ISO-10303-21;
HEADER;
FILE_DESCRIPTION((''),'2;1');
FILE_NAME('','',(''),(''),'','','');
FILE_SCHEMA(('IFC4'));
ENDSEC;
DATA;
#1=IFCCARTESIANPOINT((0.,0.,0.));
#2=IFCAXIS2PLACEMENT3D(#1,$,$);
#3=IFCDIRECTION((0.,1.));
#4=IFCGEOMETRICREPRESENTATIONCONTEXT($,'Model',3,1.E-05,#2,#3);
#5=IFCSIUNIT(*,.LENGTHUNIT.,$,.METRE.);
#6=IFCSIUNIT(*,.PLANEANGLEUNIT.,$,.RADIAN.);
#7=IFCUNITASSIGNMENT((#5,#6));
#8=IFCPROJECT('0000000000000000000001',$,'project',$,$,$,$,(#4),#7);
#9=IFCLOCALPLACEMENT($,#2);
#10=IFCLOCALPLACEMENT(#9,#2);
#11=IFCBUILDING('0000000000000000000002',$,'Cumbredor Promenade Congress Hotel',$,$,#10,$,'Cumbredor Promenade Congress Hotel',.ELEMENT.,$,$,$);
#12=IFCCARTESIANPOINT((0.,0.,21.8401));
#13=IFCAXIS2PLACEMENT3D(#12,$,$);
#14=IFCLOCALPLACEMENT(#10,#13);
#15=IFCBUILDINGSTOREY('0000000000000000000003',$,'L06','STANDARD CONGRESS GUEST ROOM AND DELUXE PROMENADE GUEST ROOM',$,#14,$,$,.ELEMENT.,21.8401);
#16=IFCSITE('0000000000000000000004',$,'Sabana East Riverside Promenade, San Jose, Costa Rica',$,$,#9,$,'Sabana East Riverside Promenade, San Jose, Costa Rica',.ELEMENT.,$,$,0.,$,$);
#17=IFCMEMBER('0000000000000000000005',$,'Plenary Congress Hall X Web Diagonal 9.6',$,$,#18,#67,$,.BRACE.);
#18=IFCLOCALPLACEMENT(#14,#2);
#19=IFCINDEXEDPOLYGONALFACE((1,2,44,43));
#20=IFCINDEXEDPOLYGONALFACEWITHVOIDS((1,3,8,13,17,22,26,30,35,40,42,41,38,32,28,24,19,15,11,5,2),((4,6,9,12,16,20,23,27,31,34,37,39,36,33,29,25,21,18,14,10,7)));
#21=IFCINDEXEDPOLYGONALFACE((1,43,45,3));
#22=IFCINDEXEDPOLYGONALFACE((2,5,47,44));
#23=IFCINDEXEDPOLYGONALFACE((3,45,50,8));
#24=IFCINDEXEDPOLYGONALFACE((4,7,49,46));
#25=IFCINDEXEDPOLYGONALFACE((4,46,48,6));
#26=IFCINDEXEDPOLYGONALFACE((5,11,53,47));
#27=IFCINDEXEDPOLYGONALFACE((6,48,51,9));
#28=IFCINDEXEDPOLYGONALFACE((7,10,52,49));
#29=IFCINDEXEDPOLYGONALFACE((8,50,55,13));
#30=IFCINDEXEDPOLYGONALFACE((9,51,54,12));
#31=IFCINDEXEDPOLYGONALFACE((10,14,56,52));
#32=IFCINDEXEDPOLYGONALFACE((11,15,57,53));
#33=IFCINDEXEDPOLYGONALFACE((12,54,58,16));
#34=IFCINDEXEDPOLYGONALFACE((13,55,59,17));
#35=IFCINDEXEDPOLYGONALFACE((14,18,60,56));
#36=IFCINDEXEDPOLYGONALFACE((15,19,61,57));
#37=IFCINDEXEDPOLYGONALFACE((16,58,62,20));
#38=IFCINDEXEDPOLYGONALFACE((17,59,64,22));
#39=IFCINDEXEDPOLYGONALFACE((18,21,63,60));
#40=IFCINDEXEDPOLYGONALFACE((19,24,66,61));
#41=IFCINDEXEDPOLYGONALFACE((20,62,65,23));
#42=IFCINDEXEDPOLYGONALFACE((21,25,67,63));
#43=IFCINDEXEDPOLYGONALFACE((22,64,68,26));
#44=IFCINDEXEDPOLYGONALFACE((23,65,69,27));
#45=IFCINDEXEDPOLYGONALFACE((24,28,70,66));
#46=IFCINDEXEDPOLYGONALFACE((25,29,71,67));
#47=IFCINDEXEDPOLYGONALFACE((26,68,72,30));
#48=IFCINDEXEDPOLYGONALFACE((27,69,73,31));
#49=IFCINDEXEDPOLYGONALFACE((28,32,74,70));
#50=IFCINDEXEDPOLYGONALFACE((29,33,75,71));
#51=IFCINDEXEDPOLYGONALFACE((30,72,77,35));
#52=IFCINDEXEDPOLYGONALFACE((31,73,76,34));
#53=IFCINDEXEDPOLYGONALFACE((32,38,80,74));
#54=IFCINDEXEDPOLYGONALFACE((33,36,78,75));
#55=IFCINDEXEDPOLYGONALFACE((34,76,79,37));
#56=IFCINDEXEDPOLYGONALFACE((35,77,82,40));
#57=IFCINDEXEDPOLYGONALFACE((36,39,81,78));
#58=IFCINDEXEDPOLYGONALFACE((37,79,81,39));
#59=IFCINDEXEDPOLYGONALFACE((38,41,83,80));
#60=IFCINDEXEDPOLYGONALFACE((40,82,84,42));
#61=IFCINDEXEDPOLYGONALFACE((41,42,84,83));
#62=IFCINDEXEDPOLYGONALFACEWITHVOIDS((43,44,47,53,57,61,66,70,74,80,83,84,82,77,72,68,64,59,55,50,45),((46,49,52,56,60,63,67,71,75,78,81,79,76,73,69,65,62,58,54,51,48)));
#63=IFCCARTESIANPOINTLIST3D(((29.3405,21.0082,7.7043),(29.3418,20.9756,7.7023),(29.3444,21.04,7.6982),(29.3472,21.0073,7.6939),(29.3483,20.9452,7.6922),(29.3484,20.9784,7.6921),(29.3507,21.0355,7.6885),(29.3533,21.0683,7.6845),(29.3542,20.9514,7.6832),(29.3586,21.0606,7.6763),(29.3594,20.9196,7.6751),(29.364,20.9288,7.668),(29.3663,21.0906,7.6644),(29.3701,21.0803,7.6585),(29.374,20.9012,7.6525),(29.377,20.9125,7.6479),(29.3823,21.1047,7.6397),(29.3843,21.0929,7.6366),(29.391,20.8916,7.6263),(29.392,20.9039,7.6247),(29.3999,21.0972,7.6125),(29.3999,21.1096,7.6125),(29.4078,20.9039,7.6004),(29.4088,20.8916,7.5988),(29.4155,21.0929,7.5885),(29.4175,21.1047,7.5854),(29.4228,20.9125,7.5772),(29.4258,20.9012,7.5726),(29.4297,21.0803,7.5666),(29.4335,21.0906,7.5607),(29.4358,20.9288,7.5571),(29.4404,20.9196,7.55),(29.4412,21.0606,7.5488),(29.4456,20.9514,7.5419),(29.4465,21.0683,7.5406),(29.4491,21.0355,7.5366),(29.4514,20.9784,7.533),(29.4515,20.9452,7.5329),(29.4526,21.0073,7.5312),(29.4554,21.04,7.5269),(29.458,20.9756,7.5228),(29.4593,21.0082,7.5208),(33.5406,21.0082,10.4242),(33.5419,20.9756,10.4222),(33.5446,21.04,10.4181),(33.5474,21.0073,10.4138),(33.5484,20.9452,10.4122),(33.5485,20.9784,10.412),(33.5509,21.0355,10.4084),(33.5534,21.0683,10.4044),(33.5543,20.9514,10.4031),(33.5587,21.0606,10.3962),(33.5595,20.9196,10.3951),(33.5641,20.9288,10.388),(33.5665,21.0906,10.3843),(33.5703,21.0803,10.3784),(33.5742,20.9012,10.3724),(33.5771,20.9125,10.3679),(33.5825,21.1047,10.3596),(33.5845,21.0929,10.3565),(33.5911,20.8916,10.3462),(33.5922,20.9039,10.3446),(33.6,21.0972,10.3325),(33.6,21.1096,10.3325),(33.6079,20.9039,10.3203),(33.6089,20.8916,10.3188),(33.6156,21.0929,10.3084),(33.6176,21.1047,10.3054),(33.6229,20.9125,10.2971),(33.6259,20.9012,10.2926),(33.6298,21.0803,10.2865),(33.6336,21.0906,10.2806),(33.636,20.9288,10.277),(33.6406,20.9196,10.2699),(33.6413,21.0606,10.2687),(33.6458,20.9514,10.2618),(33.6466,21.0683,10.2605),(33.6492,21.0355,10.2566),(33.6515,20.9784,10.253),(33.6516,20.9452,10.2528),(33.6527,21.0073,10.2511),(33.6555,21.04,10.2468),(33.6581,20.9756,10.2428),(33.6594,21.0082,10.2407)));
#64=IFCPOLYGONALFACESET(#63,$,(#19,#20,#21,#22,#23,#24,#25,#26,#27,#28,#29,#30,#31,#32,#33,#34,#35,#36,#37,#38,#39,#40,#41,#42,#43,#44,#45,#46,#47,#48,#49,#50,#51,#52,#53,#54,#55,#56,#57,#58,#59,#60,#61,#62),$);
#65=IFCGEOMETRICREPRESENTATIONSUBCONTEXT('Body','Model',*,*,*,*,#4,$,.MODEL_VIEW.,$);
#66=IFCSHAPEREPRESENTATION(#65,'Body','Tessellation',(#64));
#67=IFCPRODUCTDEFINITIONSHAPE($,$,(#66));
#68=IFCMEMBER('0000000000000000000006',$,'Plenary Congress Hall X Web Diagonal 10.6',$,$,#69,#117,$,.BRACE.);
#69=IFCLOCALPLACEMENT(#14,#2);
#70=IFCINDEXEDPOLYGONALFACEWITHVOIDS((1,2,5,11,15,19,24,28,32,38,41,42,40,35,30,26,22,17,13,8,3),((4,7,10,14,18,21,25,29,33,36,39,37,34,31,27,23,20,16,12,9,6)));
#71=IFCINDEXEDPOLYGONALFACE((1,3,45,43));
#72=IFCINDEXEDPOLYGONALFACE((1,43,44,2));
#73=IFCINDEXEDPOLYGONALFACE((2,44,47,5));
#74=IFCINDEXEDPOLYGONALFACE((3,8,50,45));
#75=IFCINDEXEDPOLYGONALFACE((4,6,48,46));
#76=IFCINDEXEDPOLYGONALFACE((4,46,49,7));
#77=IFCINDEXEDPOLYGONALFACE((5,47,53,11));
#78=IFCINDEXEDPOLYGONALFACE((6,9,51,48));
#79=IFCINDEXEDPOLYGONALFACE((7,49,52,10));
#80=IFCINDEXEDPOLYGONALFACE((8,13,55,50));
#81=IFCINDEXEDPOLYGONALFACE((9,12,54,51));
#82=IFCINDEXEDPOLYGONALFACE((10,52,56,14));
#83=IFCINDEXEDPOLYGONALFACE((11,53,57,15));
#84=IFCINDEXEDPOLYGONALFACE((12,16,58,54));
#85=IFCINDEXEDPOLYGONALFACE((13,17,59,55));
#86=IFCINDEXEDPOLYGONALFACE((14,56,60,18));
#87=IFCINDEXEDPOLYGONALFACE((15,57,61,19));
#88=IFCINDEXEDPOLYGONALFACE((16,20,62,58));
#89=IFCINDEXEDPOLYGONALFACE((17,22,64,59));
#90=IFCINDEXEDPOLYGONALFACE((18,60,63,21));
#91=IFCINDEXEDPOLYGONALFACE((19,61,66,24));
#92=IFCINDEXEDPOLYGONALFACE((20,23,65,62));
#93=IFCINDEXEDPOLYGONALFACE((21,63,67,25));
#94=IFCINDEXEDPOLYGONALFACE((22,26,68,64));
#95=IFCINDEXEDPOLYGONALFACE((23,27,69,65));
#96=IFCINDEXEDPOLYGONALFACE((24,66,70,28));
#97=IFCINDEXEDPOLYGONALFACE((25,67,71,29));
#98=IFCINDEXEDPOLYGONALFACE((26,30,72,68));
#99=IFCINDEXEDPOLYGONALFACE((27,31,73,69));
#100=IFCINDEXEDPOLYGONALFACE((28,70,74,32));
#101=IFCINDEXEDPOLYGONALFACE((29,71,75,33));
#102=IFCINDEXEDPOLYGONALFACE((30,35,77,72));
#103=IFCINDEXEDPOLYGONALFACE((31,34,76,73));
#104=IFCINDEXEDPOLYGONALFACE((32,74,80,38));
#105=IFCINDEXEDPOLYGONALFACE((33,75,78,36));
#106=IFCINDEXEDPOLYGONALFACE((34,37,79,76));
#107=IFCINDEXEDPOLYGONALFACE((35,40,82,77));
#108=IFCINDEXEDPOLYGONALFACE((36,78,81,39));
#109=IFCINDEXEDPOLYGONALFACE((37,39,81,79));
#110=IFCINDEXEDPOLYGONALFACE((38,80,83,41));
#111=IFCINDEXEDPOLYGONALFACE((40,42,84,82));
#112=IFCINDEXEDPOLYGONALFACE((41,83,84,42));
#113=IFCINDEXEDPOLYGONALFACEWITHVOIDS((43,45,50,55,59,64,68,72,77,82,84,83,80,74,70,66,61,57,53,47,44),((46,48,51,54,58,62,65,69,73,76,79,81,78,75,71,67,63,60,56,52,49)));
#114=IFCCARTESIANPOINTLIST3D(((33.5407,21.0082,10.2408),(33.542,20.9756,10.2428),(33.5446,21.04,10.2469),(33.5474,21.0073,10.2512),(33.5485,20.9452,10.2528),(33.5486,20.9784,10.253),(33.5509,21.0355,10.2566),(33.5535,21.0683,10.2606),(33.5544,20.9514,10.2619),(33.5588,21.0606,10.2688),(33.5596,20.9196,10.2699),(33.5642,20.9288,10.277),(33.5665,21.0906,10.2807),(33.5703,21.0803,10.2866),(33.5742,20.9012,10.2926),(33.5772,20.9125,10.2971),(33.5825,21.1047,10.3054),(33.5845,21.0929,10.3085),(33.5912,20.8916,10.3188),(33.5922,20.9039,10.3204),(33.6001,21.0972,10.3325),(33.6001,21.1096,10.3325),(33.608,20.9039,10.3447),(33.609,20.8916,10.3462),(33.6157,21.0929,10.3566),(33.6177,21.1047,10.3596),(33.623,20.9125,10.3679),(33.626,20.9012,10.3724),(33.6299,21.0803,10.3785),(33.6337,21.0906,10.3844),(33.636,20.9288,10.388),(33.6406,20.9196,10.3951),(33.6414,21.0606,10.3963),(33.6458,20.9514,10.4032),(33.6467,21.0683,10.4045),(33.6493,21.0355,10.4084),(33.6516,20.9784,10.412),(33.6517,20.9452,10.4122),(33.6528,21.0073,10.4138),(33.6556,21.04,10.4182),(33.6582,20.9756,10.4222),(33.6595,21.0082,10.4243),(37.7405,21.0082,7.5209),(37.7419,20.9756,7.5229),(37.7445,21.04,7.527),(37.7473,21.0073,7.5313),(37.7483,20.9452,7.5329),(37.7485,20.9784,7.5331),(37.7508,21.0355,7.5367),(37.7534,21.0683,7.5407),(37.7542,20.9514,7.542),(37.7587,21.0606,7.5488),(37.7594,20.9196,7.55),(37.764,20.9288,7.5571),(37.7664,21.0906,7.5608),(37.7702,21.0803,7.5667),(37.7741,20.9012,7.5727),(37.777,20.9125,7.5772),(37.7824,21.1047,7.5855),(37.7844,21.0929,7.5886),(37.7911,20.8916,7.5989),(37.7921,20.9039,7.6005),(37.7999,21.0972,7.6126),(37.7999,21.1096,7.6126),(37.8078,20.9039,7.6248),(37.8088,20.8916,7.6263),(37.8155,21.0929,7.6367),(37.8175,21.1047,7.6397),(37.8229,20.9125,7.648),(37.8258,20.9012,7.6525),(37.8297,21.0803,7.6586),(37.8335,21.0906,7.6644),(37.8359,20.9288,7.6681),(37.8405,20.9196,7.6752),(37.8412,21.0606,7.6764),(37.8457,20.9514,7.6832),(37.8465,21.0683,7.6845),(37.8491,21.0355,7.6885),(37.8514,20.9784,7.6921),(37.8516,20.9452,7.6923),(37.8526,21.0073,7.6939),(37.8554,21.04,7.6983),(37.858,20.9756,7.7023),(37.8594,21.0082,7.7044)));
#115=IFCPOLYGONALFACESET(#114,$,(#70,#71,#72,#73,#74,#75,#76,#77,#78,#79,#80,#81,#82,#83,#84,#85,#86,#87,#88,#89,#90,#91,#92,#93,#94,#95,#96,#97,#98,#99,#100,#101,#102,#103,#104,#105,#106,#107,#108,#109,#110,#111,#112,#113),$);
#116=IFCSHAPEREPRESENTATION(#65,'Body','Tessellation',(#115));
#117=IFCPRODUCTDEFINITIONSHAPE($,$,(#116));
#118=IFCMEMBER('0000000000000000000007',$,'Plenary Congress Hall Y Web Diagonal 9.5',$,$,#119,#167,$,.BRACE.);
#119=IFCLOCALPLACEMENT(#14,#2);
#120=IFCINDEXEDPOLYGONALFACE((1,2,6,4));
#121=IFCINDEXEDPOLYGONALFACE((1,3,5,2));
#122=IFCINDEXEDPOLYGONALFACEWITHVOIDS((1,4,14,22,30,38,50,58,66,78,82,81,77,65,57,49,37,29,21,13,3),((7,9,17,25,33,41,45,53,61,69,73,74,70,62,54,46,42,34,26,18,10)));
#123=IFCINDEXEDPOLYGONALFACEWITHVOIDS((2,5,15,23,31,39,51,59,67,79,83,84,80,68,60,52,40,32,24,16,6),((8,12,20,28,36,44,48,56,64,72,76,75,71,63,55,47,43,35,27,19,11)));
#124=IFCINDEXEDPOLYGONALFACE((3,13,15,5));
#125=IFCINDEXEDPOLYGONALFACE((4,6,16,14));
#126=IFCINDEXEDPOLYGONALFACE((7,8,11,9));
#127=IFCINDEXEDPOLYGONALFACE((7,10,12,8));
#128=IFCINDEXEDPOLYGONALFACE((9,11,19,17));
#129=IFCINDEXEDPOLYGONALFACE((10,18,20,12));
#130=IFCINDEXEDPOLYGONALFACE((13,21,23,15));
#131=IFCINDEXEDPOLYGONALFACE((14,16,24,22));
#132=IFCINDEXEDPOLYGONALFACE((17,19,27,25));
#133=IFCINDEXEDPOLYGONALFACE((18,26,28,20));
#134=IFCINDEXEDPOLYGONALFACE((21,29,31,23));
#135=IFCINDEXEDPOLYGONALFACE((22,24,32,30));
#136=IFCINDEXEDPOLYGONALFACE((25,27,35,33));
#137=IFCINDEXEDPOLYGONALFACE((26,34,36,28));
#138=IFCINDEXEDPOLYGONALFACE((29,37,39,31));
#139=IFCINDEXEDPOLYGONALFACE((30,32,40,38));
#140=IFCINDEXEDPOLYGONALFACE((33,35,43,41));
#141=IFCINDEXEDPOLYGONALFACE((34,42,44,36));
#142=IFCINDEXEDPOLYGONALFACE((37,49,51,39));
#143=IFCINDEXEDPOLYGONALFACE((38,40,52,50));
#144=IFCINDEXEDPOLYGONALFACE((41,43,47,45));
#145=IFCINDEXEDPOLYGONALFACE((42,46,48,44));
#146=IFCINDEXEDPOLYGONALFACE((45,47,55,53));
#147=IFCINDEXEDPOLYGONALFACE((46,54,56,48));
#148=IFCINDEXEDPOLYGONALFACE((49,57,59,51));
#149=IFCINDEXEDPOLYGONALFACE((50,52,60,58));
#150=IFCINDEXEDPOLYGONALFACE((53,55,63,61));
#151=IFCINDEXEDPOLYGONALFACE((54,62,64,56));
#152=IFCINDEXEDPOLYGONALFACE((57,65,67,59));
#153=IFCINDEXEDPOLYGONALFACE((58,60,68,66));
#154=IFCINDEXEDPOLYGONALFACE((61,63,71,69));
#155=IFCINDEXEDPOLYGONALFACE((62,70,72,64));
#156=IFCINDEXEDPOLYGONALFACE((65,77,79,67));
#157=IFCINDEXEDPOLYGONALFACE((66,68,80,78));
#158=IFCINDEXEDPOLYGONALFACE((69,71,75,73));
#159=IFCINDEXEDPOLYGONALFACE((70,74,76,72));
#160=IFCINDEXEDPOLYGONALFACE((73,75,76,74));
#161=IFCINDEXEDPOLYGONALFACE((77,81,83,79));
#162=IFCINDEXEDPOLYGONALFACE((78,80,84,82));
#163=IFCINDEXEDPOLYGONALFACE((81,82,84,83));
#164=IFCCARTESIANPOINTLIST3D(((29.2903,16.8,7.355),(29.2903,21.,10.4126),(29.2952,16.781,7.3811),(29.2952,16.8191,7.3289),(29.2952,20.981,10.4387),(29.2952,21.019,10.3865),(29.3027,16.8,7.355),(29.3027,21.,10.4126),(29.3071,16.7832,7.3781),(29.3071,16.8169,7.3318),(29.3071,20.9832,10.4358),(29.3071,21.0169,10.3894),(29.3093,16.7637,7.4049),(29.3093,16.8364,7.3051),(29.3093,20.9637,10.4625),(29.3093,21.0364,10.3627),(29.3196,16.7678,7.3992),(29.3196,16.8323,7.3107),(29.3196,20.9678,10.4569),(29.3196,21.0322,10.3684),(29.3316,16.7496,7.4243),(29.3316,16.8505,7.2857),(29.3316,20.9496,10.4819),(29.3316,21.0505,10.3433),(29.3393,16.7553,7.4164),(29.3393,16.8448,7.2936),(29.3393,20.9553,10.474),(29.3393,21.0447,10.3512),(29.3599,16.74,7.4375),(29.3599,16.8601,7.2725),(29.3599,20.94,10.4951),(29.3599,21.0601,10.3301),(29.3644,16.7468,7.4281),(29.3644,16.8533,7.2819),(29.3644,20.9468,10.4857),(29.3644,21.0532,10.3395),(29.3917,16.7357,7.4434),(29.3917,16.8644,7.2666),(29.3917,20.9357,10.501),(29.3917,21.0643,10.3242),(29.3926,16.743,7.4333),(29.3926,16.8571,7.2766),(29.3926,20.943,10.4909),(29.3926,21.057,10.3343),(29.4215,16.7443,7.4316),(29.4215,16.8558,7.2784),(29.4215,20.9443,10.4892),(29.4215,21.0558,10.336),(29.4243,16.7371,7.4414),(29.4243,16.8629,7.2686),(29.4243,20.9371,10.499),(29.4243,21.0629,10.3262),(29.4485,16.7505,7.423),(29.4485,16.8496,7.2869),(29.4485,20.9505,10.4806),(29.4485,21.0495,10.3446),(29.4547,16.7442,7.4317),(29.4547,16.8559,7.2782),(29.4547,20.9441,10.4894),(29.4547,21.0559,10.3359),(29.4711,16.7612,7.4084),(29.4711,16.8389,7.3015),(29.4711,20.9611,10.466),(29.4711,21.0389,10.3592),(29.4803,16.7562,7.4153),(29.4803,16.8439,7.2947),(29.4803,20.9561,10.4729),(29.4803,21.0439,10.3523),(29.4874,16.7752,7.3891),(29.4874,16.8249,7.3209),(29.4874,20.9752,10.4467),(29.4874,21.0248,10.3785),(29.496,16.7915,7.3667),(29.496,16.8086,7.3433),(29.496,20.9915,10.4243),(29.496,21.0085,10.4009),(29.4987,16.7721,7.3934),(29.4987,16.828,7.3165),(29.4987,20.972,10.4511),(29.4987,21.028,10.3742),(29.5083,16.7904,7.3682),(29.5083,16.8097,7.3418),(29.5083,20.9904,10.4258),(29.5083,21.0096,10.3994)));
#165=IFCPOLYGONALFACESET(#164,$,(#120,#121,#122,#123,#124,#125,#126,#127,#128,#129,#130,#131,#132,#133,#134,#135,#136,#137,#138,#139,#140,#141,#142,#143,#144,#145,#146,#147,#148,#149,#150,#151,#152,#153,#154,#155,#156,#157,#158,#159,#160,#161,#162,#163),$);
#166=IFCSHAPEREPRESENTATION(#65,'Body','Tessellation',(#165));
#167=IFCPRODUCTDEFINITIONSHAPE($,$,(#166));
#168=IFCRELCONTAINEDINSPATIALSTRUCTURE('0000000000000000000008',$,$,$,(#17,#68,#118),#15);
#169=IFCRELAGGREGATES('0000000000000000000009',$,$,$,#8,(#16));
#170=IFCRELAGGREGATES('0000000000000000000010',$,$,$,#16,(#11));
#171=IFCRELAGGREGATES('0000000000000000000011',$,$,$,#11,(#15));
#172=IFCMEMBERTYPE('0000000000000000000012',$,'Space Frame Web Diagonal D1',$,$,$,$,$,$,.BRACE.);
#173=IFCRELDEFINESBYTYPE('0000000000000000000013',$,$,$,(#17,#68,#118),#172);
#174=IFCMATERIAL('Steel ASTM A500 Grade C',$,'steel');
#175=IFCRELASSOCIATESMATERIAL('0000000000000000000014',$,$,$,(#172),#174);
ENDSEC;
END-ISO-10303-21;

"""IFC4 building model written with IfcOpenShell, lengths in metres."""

from ifc_helpers import new_model, si_unit, direction, frame, origin, origin_2d, place, context, subcontext, project, spatial, hollow_circle, extrude, material, material_profile, profile_set, type_object, element, save


model = new_model("IFC4")

# Units and contexts
model_context = context("Model", 3, precision=1e-05, world=origin(), true_north=direction((0.0, 1.0)))
body_context = subcontext(model_context, "Body", "Model", "MODEL_VIEW")
ifc_project = project(units=[si_unit("LENGTHUNIT", "METRE"), si_unit("PLANEANGLEUNIT", "RADIAN")], contexts=[model_context])

# Site, building, storey
site_placement = place(None, origin())
site = spatial("IfcSite", under=ifc_project, at=site_placement, Name="Sabana East Riverside Promenade, San Jose, Costa Rica", LongName="Sabana East Riverside Promenade, San Jose, Costa Rica", CompositionType="ELEMENT", RefElevation=0.0)
building_placement = place(site_placement, origin())
building = spatial("IfcBuilding", under=site, at=building_placement, Name="Cumbredor Promenade Congress Hotel", LongName="Cumbredor Promenade Congress Hotel", CompositionType="ELEMENT")
storey_placement = place(building_placement, frame((0.0, 0.0, 21.8401)))
storey = spatial("IfcBuildingStorey", under=building, at=storey_placement, Name="L06", Description="STANDARD CONGRESS GUEST ROOM AND DELUXE PROMENADE GUEST ROOM", CompositionType="ELEMENT", Elevation=21.8401)

# Members
ifc_material_1 = material(Name="Steel ASTM A500 Grade C", Category="steel")
ifc_material_profile_1 = material_profile(ifc_material_1, hollow_circle(Radius=0.1096, WallThickness=0.0125, at=origin_2d()), Name="CHS 219.1x12.5")
ifc_profile_set_1 = profile_set([ifc_material_profile_1], Name="Steel ASTM A500 Grade C")
member_type_1 = type_object("IfcMemberType", Name="Space Frame Web Diagonal D1", PredefinedType="BRACE", material=ifc_profile_set_1)
member_1_placement = place(storey_placement, frame((29.3999, 21.0, 7.6125), z_axis=(0.83937, 0.0, 0.543561), x_axis=(0.0, 1.0, 0.0)))
element("IfcMember", 1, at=member_1_placement, inside=storey, type_object=member_type_1, Name="Plenary Congress Hall X Web Diagonal 9.6", PredefinedType="BRACE", context=body_context, shape_type="SweptSolid", body=[
    extrude(hollow_circle(Radius=0.1096, WallThickness=0.0125, at=origin_2d()), origin(), (0.0, 0.0, 1.0), 5.0039),
])
member_2_placement = place(storey_placement, frame((33.6001, 21.0, 10.3325), z_axis=(0.839355, 0.0, -0.543583), x_axis=(0.0, 1.0, 0.0)))
element("IfcMember", 2, at=member_2_placement, inside=storey, type_object=member_type_1, Name="Plenary Congress Hall X Web Diagonal 10.6", PredefinedType="BRACE", context=body_context, shape_type="SweptSolid", body=[
    extrude(hollow_circle(Radius=0.1096, WallThickness=0.0125, at=origin_2d()), origin(), (0.0, 0.0, 1.0), 5.0037),
])
member_3_placement = place(storey_placement, frame((29.3999, 16.8, 7.355), z_axis=(0.0, 0.808451, 0.588563), x_axis=(-1.0, 0.0, 0.0)))
element("IfcMember", 3, at=member_3_placement, inside=storey, type_object=member_type_1, Name="Plenary Congress Hall Y Web Diagonal 9.5", PredefinedType="BRACE", context=body_context, shape_type="SweptSolid", body=[
    extrude(hollow_circle(Radius=0.1096, WallThickness=0.0125, at=origin_2d()), origin(), (0.0, 0.0, 1.0), 5.1951),
])

save(model, "model.ifc")
